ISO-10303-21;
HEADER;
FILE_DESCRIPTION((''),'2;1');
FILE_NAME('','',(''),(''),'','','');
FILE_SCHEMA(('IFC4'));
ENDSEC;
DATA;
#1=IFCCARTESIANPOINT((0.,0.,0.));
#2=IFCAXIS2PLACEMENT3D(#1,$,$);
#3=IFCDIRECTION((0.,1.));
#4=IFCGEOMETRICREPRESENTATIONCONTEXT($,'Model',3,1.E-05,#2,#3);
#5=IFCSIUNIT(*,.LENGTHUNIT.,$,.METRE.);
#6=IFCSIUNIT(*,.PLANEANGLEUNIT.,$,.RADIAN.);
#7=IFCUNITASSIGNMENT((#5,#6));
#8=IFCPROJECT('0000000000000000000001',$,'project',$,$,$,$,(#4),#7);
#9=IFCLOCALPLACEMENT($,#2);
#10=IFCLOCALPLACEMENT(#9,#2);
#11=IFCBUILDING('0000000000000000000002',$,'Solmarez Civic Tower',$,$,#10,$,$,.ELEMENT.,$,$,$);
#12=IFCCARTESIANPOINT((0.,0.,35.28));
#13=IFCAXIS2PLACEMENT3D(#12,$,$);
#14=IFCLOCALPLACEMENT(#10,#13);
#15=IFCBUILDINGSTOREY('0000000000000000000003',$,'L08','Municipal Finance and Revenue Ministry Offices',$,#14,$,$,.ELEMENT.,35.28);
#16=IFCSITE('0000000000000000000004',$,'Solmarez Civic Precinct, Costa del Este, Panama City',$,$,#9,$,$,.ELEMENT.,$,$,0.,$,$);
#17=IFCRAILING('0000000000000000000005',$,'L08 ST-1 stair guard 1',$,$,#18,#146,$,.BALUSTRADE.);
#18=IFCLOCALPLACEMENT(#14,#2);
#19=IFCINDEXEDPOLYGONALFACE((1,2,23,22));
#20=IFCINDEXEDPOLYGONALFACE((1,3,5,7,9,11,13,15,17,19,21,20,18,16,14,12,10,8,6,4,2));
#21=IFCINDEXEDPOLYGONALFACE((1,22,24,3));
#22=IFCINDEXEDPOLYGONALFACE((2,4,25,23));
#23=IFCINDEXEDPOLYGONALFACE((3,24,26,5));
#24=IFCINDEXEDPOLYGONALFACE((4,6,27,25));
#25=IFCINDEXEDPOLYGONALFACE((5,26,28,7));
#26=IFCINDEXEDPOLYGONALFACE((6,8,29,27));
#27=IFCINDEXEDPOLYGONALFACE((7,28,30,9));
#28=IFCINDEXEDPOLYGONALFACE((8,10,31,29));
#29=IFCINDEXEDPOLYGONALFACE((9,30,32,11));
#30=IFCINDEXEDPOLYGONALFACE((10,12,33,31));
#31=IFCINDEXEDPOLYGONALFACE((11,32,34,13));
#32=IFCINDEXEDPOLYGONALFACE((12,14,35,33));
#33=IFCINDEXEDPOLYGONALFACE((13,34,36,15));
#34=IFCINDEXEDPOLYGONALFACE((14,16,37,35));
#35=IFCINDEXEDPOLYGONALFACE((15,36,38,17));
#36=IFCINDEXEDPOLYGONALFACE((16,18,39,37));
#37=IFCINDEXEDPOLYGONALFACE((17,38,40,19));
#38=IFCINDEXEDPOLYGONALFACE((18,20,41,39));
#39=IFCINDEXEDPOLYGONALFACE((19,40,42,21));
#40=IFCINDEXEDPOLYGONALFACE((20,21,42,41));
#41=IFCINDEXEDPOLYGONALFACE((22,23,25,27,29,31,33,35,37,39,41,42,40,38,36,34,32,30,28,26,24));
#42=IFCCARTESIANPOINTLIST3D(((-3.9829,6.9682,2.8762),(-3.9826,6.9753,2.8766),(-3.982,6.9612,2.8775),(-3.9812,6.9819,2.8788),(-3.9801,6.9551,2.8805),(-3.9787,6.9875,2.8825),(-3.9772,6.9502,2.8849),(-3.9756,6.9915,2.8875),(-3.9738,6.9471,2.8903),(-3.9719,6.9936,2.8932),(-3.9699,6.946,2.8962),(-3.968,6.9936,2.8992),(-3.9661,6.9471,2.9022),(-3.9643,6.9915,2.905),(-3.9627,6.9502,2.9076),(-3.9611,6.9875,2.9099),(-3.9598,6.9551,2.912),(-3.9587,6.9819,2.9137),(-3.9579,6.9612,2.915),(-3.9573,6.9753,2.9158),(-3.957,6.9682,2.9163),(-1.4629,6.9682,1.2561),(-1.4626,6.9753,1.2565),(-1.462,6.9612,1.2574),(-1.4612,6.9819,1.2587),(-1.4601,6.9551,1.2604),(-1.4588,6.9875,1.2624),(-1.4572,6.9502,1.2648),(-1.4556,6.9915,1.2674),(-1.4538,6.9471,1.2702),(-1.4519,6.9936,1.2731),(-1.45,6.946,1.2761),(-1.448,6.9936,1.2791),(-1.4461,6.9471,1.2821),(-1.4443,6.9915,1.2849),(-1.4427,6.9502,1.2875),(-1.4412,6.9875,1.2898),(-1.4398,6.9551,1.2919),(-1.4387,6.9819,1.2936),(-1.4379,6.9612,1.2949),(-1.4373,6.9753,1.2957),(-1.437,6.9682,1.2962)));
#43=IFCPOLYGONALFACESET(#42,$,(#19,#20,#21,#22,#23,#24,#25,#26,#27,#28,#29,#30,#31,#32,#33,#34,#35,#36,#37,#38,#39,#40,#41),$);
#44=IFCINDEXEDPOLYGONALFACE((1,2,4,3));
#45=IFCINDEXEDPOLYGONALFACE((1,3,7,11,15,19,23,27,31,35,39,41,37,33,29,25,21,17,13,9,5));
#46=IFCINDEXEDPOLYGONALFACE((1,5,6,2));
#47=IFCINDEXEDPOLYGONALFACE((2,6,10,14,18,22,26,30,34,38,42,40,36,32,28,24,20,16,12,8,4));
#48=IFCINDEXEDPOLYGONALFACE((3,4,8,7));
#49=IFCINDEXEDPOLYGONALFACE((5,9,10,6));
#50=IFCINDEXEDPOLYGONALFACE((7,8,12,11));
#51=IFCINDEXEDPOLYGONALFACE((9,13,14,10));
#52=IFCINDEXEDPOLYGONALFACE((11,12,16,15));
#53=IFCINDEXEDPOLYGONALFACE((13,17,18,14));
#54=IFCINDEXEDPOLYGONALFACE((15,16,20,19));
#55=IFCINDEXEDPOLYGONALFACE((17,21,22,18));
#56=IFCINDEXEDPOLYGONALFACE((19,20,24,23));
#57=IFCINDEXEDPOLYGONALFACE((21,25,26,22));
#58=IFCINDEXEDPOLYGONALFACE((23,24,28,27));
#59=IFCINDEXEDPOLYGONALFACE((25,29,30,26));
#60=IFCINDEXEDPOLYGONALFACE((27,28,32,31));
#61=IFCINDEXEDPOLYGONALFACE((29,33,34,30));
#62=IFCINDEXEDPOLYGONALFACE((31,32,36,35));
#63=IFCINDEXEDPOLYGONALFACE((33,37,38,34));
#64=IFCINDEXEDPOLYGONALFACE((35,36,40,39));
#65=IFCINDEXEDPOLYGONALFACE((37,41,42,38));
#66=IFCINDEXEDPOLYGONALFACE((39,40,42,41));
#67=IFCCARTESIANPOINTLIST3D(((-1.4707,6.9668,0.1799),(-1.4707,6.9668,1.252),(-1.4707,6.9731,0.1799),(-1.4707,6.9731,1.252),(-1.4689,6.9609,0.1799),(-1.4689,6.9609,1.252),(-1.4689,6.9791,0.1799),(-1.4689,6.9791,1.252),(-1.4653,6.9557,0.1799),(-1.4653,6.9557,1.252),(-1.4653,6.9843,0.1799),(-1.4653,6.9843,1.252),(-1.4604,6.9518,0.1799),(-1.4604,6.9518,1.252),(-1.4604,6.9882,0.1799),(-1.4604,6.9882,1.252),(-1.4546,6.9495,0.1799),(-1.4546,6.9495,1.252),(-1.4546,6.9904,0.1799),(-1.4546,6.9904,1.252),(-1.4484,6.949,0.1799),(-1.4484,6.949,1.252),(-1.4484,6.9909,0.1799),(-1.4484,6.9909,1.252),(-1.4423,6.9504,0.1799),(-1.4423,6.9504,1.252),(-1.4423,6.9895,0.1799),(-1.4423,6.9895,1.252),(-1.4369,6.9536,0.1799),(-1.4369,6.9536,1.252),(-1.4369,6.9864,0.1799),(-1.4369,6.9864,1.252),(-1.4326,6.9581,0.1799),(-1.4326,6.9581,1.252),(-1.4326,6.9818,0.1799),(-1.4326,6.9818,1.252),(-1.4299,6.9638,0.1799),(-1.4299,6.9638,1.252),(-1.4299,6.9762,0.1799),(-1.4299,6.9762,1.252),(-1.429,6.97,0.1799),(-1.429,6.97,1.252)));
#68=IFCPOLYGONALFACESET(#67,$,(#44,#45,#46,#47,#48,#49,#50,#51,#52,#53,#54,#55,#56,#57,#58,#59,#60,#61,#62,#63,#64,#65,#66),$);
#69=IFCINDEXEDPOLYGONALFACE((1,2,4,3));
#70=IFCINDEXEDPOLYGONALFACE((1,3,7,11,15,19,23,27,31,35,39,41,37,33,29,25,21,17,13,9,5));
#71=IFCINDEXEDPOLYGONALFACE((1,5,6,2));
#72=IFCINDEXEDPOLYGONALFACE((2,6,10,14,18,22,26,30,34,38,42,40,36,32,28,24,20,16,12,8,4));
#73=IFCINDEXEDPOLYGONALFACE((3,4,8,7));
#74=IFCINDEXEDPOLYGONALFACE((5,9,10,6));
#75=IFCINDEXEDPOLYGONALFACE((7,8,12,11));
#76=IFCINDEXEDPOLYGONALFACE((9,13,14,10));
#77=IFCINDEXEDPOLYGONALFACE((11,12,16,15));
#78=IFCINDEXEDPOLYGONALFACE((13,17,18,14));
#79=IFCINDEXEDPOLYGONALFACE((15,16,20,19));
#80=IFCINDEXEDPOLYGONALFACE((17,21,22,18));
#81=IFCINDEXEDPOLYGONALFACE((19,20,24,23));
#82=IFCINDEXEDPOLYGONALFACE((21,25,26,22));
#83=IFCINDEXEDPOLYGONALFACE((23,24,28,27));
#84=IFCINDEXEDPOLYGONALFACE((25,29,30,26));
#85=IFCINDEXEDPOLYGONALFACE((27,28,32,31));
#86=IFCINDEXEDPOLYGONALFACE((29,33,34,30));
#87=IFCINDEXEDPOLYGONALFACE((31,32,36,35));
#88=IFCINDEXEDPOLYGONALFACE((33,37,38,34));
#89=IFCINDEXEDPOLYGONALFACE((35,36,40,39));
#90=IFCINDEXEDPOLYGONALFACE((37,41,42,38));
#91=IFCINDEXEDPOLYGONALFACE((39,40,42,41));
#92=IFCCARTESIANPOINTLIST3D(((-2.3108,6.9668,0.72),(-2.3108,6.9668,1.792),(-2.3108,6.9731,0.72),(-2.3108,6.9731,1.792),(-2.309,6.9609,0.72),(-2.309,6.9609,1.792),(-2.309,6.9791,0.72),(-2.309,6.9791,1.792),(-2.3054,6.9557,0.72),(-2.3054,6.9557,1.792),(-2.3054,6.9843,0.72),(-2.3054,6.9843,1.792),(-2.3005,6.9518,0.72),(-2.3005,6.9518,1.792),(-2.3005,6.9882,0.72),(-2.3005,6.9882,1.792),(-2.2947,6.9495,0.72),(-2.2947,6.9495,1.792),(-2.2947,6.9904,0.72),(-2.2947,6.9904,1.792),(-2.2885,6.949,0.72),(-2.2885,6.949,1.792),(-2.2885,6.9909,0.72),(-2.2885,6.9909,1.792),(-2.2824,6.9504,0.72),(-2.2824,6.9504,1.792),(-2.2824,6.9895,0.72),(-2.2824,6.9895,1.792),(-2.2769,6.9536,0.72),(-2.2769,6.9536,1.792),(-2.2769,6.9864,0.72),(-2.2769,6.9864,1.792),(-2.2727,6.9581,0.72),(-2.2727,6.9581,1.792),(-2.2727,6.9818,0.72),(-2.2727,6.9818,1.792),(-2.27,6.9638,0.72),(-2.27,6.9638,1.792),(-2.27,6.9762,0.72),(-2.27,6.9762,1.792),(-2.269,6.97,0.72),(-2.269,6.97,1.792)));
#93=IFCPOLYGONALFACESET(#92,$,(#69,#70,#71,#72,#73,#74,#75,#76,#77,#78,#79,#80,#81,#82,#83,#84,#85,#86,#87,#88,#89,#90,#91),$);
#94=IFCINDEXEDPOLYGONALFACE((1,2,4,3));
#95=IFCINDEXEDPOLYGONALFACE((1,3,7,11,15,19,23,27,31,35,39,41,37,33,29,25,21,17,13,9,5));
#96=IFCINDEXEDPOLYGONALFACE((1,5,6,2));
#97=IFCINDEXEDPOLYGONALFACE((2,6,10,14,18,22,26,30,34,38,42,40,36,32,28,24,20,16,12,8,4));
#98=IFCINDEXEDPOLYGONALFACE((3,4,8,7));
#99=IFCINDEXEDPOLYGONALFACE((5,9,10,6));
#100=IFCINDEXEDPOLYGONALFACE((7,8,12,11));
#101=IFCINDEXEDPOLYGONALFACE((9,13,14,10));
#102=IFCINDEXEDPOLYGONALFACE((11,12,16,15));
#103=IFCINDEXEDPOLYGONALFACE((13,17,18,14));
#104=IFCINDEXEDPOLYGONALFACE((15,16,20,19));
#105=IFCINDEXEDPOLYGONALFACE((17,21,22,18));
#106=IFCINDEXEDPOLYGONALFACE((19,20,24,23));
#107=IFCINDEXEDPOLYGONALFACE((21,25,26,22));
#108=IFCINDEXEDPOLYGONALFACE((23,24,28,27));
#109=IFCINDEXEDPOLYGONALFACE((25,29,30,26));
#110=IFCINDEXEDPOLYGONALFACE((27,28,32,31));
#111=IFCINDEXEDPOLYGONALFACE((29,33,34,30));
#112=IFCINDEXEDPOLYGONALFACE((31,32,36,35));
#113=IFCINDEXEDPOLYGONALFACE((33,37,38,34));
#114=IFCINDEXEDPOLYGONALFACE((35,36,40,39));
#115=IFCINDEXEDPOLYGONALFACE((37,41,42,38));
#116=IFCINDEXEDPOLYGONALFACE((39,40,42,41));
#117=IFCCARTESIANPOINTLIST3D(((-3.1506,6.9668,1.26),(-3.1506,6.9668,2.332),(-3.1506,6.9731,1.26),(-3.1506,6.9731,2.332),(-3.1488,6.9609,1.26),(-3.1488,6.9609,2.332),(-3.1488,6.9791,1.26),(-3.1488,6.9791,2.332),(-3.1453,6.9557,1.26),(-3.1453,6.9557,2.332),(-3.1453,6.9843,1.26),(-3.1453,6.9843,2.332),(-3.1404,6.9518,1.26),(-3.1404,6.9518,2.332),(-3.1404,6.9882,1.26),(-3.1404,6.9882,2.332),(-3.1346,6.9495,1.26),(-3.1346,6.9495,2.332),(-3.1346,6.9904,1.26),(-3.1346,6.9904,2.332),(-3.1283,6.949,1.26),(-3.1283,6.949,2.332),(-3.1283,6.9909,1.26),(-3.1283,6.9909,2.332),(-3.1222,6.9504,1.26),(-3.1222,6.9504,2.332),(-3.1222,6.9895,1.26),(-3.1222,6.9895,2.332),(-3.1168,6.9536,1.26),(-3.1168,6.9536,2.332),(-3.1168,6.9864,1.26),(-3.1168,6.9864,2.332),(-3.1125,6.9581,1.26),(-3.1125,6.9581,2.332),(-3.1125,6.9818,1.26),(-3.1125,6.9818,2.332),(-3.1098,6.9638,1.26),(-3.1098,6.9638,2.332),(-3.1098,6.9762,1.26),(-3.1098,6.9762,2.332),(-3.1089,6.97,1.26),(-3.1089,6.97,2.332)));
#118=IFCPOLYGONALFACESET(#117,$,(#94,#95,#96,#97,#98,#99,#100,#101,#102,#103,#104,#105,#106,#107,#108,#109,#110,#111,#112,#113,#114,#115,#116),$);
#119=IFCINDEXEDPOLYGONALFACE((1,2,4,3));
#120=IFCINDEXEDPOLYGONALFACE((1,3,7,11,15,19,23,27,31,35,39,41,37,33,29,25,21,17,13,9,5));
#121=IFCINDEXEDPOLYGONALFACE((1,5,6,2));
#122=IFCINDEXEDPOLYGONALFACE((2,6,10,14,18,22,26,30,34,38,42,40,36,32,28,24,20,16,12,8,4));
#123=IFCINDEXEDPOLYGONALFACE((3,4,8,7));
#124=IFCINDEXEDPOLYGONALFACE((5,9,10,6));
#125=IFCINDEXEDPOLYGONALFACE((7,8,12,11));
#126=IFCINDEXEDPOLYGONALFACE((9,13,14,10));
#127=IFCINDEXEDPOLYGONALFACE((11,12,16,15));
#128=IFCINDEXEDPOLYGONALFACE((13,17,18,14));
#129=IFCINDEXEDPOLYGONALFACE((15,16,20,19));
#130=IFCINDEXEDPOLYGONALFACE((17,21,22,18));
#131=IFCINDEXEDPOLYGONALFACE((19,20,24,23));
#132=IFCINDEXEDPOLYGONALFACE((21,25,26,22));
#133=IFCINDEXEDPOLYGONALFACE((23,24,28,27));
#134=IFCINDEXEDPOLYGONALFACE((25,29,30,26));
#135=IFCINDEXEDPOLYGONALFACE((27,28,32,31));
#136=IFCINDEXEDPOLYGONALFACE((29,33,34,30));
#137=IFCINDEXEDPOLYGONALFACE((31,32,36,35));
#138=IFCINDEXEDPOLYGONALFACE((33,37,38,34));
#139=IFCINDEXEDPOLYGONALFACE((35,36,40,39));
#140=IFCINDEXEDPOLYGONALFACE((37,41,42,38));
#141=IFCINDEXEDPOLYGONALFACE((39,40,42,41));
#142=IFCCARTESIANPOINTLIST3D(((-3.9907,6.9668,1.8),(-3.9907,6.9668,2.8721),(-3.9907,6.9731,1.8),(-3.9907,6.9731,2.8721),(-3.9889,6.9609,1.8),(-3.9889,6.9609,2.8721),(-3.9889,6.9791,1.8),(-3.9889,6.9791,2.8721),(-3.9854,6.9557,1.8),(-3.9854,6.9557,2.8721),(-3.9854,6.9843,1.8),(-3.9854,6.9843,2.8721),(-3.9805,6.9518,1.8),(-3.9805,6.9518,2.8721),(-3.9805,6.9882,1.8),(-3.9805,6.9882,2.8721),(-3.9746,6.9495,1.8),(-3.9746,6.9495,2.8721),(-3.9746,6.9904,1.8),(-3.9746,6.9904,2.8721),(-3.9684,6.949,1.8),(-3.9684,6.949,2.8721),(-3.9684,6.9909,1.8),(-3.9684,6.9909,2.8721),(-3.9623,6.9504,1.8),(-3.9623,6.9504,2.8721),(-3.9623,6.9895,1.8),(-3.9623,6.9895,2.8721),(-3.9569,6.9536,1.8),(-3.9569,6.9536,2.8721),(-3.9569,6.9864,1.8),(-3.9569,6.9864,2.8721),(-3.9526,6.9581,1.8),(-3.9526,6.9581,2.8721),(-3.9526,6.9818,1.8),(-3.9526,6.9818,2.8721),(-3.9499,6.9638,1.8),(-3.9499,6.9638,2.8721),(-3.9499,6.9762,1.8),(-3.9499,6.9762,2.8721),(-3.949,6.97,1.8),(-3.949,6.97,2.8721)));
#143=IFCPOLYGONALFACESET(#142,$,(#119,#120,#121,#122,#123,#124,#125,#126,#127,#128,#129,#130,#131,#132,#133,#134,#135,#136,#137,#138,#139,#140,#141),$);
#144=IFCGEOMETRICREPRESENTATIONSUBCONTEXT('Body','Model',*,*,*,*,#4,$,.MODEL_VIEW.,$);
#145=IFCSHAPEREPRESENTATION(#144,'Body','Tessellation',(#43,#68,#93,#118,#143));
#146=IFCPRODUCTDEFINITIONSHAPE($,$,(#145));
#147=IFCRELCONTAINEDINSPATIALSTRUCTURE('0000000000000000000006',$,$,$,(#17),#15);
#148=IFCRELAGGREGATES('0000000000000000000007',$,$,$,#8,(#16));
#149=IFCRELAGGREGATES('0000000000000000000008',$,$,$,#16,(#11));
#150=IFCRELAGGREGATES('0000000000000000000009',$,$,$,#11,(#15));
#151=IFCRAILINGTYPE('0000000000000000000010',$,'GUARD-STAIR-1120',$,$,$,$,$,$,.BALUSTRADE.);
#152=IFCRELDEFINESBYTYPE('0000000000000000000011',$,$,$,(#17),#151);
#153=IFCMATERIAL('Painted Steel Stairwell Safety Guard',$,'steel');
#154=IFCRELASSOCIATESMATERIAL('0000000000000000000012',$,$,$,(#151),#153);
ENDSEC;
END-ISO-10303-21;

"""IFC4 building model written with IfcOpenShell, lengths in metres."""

from ifc_helpers import new_model, si_unit, direction, frame, origin, origin_2d, place, context, subcontext, project, spatial, circle, extrude, material, type_object, element, save


model = new_model("IFC4")

# Units and contexts
model_context = context("Model", 3, precision=1e-05, world=origin(), true_north=direction((0.0, 1.0)))
body_context = subcontext(model_context, "Body", "Model", "MODEL_VIEW")
ifc_project = project(units=[si_unit("LENGTHUNIT", "METRE"), si_unit("PLANEANGLEUNIT", "RADIAN")], contexts=[model_context])

# Site, building, storey
site_placement = place(None, origin())
site = spatial("IfcSite", under=ifc_project, at=site_placement, Name="Solmarez Civic Precinct, Costa del Este, Panama City", CompositionType="ELEMENT", RefElevation=0.0)
building_placement = place(site_placement, origin())
building = spatial("IfcBuilding", under=site, at=building_placement, Name="Solmarez Civic Tower", CompositionType="ELEMENT")
storey_placement = place(building_placement, frame((0.0, 0.0, 35.28)))
storey = spatial("IfcBuildingStorey", under=building, at=storey_placement, Name="L08", Description="Municipal Finance and Revenue Ministry Offices", CompositionType="ELEMENT", Elevation=35.28)

# Railing
ifc_material_1 = material(Name="Painted Steel Stairwell Safety Guard", Category="steel")
railing_type_1 = type_object("IfcRailingType", Name="GUARD-STAIR-1120", PredefinedType="BALUSTRADE", material=ifc_material_1)
railing_1_placement = place(storey_placement, frame((-1.45, 6.97, 0.1799)))
element("IfcRailing", 1, at=railing_1_placement, inside=storey, type_object=railing_type_1, Name="L08 ST-1 stair guard 1", PredefinedType="BALUSTRADE", context=body_context, shape_type="SweptSolid", body=[
    extrude(circle(Radius=0.0239, at=origin_2d()), frame((0.0, 0.0, 1.0962), z_axis=(-0.841163, 0.0, 0.540782), x_axis=(0.0, -1.0, 0.0)), (0.0, 0.0, 1.0), 2.9958),
    extrude(circle(Radius=0.021, at=origin_2d()), origin(), (0.0, 0.0, 1.0), 1.072),
    extrude(circle(Radius=0.021, at=origin_2d()), frame((-0.8401, 0.0, 0.54)), (0.0, 0.0, 1.0), 1.072),
    extrude(circle(Radius=0.021, at=origin_2d()), frame((-1.6799, 0.0, 1.0801)), (0.0, 0.0, 1.0), 1.072),
    extrude(circle(Radius=0.021, at=origin_2d()), frame((-2.52, 0.0, 1.6201)), (0.0, 0.0, 1.0), 1.072),
])

save(model, "model.ifc")
